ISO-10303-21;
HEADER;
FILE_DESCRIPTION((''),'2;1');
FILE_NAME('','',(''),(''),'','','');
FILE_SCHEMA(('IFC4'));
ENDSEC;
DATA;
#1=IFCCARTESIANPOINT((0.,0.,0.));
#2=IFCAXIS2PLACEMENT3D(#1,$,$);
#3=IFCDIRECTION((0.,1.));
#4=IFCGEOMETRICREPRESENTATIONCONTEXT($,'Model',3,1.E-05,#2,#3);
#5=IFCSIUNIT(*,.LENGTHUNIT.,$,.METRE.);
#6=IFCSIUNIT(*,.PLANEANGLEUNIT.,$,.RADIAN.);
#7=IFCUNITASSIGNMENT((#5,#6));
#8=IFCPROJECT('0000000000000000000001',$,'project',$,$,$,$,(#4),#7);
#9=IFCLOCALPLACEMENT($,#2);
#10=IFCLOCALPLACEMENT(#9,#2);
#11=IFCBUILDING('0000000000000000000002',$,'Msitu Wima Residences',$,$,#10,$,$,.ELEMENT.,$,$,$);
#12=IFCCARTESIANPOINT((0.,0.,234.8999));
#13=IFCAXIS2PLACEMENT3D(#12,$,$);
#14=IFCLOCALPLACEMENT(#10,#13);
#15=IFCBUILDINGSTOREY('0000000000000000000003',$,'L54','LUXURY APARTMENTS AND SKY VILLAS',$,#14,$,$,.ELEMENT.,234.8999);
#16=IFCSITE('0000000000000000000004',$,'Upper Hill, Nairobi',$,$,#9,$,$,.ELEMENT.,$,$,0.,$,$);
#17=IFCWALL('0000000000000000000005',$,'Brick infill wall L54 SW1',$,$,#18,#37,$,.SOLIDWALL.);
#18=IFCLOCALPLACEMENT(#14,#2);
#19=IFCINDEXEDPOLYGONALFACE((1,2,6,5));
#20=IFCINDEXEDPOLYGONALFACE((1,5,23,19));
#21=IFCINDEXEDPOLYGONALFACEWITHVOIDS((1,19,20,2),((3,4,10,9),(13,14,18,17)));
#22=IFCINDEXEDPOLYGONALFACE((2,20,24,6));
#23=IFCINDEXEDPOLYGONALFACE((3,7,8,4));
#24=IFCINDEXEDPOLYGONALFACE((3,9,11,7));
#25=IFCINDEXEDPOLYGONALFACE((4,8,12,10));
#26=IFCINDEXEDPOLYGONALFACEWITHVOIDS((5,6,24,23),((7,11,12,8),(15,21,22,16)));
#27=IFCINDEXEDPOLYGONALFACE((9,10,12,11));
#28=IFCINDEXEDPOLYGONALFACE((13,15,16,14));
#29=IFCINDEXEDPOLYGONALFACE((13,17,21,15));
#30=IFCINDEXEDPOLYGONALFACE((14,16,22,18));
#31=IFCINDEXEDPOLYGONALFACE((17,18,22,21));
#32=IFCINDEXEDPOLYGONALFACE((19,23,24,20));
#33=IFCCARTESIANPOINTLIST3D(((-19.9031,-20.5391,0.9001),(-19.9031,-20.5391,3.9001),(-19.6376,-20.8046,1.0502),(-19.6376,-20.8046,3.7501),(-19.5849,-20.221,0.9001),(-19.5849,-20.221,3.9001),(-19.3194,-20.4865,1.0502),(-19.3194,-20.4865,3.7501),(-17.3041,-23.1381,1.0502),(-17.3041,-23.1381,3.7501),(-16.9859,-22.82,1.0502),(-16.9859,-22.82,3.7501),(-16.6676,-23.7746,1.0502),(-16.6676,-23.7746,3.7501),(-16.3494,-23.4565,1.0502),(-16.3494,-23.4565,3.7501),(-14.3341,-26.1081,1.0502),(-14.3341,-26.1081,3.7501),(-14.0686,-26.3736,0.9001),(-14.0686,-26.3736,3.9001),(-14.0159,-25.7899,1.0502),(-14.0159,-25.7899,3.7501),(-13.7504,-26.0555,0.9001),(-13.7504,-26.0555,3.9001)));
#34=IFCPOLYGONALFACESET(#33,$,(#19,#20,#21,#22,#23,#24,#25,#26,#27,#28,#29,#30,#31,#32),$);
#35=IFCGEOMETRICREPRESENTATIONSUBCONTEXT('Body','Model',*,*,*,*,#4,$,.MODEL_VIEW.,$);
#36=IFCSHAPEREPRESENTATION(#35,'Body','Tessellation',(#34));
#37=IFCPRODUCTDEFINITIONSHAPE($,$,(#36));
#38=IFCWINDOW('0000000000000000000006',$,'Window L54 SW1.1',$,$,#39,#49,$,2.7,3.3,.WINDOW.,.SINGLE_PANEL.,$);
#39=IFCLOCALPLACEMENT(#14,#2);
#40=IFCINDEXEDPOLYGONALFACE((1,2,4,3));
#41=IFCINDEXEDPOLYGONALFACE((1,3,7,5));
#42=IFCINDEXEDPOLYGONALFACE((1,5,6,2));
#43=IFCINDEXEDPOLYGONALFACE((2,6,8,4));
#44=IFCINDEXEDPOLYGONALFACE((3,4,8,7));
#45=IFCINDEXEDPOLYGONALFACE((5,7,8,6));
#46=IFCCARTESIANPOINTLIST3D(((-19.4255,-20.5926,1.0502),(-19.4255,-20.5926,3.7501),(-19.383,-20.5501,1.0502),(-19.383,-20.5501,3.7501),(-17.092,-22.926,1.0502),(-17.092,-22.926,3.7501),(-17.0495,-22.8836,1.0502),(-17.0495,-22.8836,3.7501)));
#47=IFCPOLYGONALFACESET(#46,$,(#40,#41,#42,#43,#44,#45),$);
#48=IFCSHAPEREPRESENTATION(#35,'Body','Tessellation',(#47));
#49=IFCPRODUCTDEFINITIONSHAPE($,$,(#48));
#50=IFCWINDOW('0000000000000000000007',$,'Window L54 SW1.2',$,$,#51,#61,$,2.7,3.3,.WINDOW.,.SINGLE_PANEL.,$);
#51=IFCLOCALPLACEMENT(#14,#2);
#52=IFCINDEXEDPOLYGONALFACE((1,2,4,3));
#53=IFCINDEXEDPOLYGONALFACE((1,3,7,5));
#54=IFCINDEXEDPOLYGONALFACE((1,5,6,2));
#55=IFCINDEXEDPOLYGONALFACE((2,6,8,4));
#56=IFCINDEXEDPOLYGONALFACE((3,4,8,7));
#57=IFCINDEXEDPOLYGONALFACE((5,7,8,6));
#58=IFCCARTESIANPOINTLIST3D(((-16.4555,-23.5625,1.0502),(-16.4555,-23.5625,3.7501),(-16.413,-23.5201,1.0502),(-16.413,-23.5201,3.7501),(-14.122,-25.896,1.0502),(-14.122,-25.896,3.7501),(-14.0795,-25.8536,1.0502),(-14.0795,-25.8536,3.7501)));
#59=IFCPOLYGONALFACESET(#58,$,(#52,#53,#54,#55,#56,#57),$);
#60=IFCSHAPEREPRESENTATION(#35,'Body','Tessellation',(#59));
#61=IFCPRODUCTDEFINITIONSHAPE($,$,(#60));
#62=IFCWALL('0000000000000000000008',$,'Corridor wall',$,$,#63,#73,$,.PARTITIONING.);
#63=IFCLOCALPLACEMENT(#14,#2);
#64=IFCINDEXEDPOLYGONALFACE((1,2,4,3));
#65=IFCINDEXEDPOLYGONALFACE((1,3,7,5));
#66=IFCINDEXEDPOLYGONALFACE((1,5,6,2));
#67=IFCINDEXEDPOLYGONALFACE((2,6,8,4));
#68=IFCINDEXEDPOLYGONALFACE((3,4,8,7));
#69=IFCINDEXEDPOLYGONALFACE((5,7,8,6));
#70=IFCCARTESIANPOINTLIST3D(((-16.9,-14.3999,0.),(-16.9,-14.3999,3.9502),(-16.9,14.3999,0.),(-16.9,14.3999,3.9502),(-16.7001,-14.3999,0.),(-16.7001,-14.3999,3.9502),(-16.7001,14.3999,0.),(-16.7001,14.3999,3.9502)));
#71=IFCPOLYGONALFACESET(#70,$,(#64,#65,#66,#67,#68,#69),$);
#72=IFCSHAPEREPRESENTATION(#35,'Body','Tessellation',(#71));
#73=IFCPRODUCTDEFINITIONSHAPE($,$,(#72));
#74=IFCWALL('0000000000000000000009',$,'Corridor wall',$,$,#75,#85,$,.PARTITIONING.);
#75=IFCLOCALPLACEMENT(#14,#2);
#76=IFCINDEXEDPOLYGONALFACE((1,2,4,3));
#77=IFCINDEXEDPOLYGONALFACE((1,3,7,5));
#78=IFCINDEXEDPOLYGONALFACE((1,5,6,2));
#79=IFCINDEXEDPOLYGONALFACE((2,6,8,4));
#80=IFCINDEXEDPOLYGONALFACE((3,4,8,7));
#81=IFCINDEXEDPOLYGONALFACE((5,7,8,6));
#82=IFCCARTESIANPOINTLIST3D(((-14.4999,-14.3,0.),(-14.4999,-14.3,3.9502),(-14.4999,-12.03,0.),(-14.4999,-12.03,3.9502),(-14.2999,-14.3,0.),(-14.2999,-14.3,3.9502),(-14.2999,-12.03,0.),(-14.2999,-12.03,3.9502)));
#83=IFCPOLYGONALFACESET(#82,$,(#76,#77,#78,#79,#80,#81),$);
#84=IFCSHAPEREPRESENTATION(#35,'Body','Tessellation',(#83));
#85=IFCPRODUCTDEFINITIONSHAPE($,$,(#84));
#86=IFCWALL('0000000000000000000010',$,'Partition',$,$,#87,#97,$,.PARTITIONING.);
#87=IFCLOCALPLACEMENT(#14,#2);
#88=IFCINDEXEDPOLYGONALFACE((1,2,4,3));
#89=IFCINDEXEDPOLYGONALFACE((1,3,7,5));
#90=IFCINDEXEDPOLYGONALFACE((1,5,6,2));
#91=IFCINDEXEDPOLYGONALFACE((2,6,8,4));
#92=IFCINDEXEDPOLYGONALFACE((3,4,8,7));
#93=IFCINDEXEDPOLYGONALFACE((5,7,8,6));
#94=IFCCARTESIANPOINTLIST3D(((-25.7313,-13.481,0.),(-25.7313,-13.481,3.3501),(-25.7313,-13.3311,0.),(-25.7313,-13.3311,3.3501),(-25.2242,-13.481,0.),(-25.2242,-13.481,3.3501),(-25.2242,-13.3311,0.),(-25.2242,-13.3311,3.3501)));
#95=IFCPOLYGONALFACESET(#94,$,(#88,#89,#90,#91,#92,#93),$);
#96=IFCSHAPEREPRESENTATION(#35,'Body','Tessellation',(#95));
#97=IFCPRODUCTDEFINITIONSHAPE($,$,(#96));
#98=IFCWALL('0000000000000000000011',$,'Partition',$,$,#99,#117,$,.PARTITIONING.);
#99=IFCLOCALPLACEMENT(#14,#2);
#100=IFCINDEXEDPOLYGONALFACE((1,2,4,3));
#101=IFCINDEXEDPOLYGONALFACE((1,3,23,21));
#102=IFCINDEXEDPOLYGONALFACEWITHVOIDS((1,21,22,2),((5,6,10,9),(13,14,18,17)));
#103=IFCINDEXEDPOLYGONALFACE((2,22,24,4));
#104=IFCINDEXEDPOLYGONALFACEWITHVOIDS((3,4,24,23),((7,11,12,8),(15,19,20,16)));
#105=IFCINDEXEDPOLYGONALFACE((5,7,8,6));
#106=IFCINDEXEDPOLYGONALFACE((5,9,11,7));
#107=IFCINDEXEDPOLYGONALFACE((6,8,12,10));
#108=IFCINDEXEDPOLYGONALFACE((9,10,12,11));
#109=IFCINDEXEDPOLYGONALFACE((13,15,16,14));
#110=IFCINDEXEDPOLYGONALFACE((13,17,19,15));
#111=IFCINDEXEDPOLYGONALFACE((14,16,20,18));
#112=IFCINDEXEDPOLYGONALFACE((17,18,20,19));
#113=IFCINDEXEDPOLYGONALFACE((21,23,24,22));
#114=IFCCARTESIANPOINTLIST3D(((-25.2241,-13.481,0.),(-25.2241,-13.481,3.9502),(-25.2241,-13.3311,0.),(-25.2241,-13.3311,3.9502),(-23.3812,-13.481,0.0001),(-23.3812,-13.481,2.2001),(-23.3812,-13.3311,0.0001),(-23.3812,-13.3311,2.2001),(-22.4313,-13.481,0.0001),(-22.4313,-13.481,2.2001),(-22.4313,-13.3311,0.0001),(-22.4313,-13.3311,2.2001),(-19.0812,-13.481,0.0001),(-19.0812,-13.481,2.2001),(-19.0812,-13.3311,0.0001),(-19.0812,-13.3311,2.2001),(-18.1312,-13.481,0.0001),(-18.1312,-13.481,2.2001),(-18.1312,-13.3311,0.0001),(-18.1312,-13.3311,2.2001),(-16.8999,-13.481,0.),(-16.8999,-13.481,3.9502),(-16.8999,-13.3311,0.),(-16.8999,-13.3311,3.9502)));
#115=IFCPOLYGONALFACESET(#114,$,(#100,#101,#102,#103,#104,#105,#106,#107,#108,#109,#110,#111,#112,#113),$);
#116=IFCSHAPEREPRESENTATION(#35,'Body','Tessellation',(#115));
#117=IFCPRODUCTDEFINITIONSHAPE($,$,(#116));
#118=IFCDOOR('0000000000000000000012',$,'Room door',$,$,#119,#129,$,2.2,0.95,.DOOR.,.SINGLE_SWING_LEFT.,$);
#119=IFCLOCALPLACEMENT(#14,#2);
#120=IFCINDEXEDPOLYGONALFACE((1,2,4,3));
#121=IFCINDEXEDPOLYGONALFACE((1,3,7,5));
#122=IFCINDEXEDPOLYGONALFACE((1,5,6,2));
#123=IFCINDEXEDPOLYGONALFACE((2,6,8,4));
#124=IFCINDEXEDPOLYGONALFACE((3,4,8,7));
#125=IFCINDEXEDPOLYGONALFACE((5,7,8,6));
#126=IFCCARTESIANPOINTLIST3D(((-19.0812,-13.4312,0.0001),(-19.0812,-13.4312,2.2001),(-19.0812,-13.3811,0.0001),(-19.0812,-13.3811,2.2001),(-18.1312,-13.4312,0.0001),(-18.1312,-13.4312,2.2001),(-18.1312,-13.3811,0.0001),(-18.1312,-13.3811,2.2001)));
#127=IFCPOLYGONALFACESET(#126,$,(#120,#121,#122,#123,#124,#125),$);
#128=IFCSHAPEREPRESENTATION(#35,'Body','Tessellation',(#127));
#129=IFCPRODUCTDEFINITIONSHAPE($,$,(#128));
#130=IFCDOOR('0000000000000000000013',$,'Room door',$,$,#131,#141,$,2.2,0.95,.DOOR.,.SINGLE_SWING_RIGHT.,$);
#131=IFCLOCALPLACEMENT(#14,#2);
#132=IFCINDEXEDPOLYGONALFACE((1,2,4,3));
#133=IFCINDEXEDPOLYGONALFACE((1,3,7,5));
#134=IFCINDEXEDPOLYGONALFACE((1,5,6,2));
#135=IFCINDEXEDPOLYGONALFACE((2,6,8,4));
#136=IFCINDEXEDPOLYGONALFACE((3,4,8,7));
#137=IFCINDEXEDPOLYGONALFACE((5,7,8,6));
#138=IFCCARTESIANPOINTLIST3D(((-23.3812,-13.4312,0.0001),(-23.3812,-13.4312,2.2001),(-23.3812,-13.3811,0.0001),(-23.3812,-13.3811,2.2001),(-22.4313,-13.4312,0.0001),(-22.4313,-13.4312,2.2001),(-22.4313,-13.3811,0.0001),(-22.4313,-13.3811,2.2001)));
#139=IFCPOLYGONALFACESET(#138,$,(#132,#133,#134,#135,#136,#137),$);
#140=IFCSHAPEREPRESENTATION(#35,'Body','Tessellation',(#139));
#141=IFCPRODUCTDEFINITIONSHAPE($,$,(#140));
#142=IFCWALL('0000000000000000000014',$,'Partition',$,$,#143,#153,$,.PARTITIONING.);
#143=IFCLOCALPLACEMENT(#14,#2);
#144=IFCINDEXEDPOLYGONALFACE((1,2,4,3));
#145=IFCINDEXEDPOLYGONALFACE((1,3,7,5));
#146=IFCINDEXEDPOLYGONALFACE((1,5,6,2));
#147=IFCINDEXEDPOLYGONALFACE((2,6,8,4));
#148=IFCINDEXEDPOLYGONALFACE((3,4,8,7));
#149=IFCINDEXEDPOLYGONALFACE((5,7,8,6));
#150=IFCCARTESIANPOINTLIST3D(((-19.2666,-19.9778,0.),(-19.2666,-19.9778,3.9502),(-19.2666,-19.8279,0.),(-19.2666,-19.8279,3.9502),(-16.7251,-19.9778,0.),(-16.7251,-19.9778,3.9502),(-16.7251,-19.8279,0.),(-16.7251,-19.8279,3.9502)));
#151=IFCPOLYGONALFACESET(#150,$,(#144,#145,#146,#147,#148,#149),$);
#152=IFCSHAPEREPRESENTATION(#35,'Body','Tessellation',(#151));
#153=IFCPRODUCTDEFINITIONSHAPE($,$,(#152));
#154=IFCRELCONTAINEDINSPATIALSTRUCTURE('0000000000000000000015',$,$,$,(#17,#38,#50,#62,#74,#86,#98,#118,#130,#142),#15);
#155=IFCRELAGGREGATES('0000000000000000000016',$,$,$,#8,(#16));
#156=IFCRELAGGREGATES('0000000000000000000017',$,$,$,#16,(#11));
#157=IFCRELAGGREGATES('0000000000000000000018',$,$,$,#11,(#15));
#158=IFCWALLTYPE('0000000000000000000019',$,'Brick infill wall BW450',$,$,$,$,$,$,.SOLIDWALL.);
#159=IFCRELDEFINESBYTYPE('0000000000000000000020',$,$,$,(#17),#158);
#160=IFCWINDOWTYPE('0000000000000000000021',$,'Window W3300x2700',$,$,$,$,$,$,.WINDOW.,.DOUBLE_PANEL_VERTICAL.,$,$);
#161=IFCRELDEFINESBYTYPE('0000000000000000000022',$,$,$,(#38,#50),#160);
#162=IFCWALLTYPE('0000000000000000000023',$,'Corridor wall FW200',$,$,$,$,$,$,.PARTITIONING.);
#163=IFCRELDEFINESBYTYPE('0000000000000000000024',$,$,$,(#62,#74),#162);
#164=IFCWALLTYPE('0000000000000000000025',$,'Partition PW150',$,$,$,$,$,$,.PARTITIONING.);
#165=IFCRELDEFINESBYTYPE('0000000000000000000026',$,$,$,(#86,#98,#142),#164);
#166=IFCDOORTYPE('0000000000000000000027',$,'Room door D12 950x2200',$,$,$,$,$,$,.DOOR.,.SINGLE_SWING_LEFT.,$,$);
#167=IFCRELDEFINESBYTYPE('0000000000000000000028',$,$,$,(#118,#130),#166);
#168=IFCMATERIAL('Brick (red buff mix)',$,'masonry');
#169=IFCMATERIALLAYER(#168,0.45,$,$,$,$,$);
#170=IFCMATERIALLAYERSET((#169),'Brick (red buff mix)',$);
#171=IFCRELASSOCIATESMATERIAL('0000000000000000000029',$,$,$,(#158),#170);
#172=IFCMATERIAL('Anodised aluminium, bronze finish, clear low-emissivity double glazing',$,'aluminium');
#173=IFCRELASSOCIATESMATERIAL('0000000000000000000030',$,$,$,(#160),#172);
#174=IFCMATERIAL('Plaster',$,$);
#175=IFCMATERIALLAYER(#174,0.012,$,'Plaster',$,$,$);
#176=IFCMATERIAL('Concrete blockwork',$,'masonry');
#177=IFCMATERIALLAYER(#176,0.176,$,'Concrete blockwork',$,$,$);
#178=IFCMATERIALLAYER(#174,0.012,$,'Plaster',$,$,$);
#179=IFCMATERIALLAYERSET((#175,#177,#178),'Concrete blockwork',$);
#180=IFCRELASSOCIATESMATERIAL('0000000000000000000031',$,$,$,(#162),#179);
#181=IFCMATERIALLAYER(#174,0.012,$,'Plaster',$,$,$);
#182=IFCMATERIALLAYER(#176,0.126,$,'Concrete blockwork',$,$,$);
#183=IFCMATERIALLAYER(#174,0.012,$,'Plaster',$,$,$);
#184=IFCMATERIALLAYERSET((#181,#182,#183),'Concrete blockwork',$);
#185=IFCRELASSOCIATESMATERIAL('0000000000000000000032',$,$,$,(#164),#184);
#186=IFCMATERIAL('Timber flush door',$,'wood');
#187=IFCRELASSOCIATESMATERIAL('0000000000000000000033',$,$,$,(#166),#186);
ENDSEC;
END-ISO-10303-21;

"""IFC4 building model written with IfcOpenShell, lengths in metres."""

from ifc_helpers import new_model, si_unit, direction, frame, frame_2d, origin, place, context, subcontext, project, spatial, rectangle, extrude, material, layer, layer_set, type_object, element, fill, save


model = new_model("IFC4")

# Units and contexts
model_context = context("Model", 3, precision=1e-05, world=origin(), true_north=direction((0.0, 1.0)))
body_context = subcontext(model_context, "Body", "Model", "MODEL_VIEW")
ifc_project = project(units=[si_unit("LENGTHUNIT", "METRE"), si_unit("PLANEANGLEUNIT", "RADIAN")], contexts=[model_context])

# Site, building, storey
site_placement = place(None, origin())
site = spatial("IfcSite", under=ifc_project, at=site_placement, Name="Upper Hill, Nairobi", CompositionType="ELEMENT", RefElevation=0.0)
building_placement = place(site_placement, origin())
building = spatial("IfcBuilding", under=site, at=building_placement, Name="Msitu Wima Residences", CompositionType="ELEMENT")
storey_placement = place(building_placement, frame((0.0, 0.0, 234.8999)))
storey = spatial("IfcBuildingStorey", under=building, at=storey_placement, Name="L54", Description="LUXURY APARTMENTS AND SKY VILLAS", CompositionType="ELEMENT", Elevation=234.8999)

# Wall, openings, windows
ifc_material_1 = material(Name="Brick (red buff mix)", Category="masonry")
ifc_layer_1 = layer(ifc_material_1, 0.45)
ifc_layer_set_1 = layer_set([ifc_layer_1], Name="Brick (red buff mix)")
wall_type_1 = type_object("IfcWallType", Name="Brick infill wall BW450", PredefinedType="SOLIDWALL", material=ifc_layer_set_1)
ifc_material_2 = material(Name="Anodised aluminium, bronze finish, clear low-emissivity double glazing", Category="aluminium")
window_type = type_object("IfcWindowType", Name="Window W3300x2700", PartitioningType="DOUBLE_PANEL_VERTICAL", PredefinedType="WINDOW", material=ifc_material_2)
wall_1_placement = place(storey_placement, frame((-19.7439, -20.3801, 0.9001), z_axis=(0.0, 0.0, 1.0), x_axis=(0.707107, -0.707107, 0.0)))
wall_1 = element("IfcWall", 1, at=wall_1_placement, inside=storey, type_object=wall_type_1, Name="Brick infill wall L54 SW1", PredefinedType="SOLIDWALL", context=body_context, shape_type="SweptSolid", body=[
    extrude(rectangle(XDim=8.2512, YDim=0.45, at=frame_2d((4.1255, 0.0))), origin(), (0.0, 0.0, 1.0), 3.0),
])
opening_1_placement = place(wall_1_placement, frame((0.3755, 0.0, 0.1499)))
opening_1 = element("IfcOpeningElement", 2, at=opening_1_placement, cuts=wall_1, PredefinedType="OPENING", context=body_context, shape_type="SweptSolid", body=[
    extrude(rectangle(XDim=3.3, YDim=2.7, at=frame_2d((1.6499, 1.3501))), frame((0.0, 0.2349, 0.0), z_axis=(0.0, -1.0, 0.0), x_axis=(1.0, 0.0, 0.0)), (0.0, 0.0, 1.0), 0.47),
])
opening_2_placement = place(wall_1_placement, frame((4.5757, 0.0, 0.1499)))
opening_2 = element("IfcOpeningElement", 3, at=opening_2_placement, cuts=wall_1, PredefinedType="OPENING", context=body_context, shape_type="SweptSolid", body=[
    extrude(rectangle(XDim=3.3, YDim=2.7, at=frame_2d((1.6499, 1.3501))), frame((0.0, 0.2349, 0.0), z_axis=(0.0, -1.0, 0.0), x_axis=(1.0, 0.0, 0.0)), (0.0, 0.0, 1.0), 0.47),
])
window_1_placement = place(opening_1_placement, origin())
window_1 = element("IfcWindow", 4, at=window_1_placement, inside=storey, type_object=window_type, Name="Window L54 SW1.1", OverallHeight=2.7, OverallWidth=3.3, PartitioningType="SINGLE_PANEL", PredefinedType="WINDOW", context=body_context, shape_type="SweptSolid", body=[
    extrude(rectangle(XDim=3.3, YDim=2.7, at=frame_2d((1.6499, 1.3501))), frame((0.0, 0.135, 0.0), z_axis=(0.0, -1.0, 0.0), x_axis=(1.0, 0.0, 0.0)), (0.0, 0.0, 1.0), 0.0601),
])
fill(opening_1, window_1)
window_2_placement = place(opening_2_placement, origin())
window_2 = element("IfcWindow", 5, at=window_2_placement, inside=storey, type_object=window_type, Name="Window L54 SW1.2", OverallHeight=2.7, OverallWidth=3.3, PartitioningType="SINGLE_PANEL", PredefinedType="WINDOW", context=body_context, shape_type="SweptSolid", body=[
    extrude(rectangle(XDim=3.3, YDim=2.7, at=frame_2d((1.6499, 1.3501))), frame((0.0, 0.135, 0.0), z_axis=(0.0, -1.0, 0.0), x_axis=(1.0, 0.0, 0.0)), (0.0, 0.0, 1.0), 0.0601),
])
fill(opening_2, window_2)

# Wall
ifc_material_3 = material(Name="Plaster")
ifc_layer_2 = layer(ifc_material_3, 0.012, Name="Plaster")
ifc_material_4 = material(Name="Concrete blockwork", Category="masonry")
ifc_layer_3 = layer(ifc_material_4, 0.176, Name="Concrete blockwork")
ifc_layer_4 = layer(ifc_material_3, 0.012, Name="Plaster")
ifc_layer_set_2 = layer_set([ifc_layer_2, ifc_layer_3, ifc_layer_4], Name="Concrete blockwork")
wall_type_2 = type_object("IfcWallType", Name="Corridor wall FW200", PredefinedType="PARTITIONING", material=ifc_layer_set_2)
wall_2_placement = place(storey_placement, frame((-16.8, -14.3999, 0.0), z_axis=(0.0, 0.0, 1.0), x_axis=(0.0, 1.0, 0.0)))
element("IfcWall", 6, at=wall_2_placement, inside=storey, type_object=wall_type_2, Name="Corridor wall", PredefinedType="PARTITIONING", context=body_context, shape_type="SweptSolid", body=[
    extrude(rectangle(XDim=28.7998, YDim=0.2, at=frame_2d((14.3999, 0.0))), origin(), (0.0, 0.0, 1.0), 3.9502),
])

# Walls
wall_3_placement = place(storey_placement, frame((-14.3999, -14.3, 0.0), z_axis=(0.0, 0.0, 1.0), x_axis=(0.0, 1.0, 0.0)))
element("IfcWall", 7, at=wall_3_placement, inside=storey, type_object=wall_type_2, Name="Corridor wall", PredefinedType="PARTITIONING", context=body_context, shape_type="SweptSolid", body=[
    extrude(rectangle(XDim=2.27, YDim=0.2, at=frame_2d((1.135, 0.0))), origin(), (0.0, 0.0, 1.0), 3.9502),
])
ifc_layer_5 = layer(ifc_material_3, 0.012, Name="Plaster")
ifc_layer_6 = layer(ifc_material_4, 0.126, Name="Concrete blockwork")
ifc_layer_7 = layer(ifc_material_3, 0.012, Name="Plaster")
ifc_layer_set_3 = layer_set([ifc_layer_5, ifc_layer_6, ifc_layer_7], Name="Concrete blockwork")
wall_type_3 = type_object("IfcWallType", Name="Partition PW150", PredefinedType="PARTITIONING", material=ifc_layer_set_3)
wall_4_placement = place(storey_placement, frame((-25.7312, -13.406, 0.0), z_axis=(0.0, 0.0, 1.0), x_axis=(1.0, 0.0, 0.0)))
element("IfcWall", 8, at=wall_4_placement, inside=storey, type_object=wall_type_3, Name="Partition", PredefinedType="PARTITIONING", context=body_context, shape_type="SweptSolid", body=[
    extrude(rectangle(XDim=0.5071, YDim=0.1499, at=frame_2d((0.2534, 0.0))), origin(), (0.0, 0.0, 1.0), 3.3501),
])

# Wall, openings, doors
wall_5_placement = place(storey_placement, frame((-25.2241, -13.406, 0.0), z_axis=(0.0, 0.0, 1.0), x_axis=(1.0, 0.0, 0.0)))
wall_5 = element("IfcWall", 9, at=wall_5_placement, inside=storey, type_object=wall_type_3, Name="Partition", PredefinedType="PARTITIONING", context=body_context, shape_type="SweptSolid", body=[
    extrude(rectangle(XDim=8.3242, YDim=0.1499, at=frame_2d((4.1621, 0.0))), origin(), (0.0, 0.0, 1.0), 3.9502),
])
opening_3_placement = place(wall_5_placement, frame((6.1428, 0.0, 0.0)))
opening_3 = element("IfcOpeningElement", 10, at=opening_3_placement, cuts=wall_5, PredefinedType="OPENING", context=body_context, shape_type="SweptSolid", body=[
    extrude(rectangle(XDim=0.95, YDim=2.2, at=frame_2d((0.4751, 1.1001))), frame((0.0, 0.085, 0.0), z_axis=(0.0, -1.0, 0.0), x_axis=(1.0, 0.0, 0.0)), (0.0, 0.0, 1.0), 0.1699),
])
opening_4_placement = place(wall_5_placement, frame((1.8428, 0.0, 0.0)))
opening_4 = element("IfcOpeningElement", 11, at=opening_4_placement, cuts=wall_5, PredefinedType="OPENING", context=body_context, shape_type="SweptSolid", body=[
    extrude(rectangle(XDim=0.95, YDim=2.2, at=frame_2d((0.4751, 1.1001))), frame((0.0, 0.085, 0.0), z_axis=(0.0, -1.0, 0.0), x_axis=(1.0, 0.0, 0.0)), (0.0, 0.0, 1.0), 0.1699),
])
ifc_material_5 = material(Name="Timber flush door", Category="wood")
door_type_1 = type_object("IfcDoorType", Name="Room door D12 950x2200", OperationType="SINGLE_SWING_LEFT", PredefinedType="DOOR", material=ifc_material_5)
door_1_placement = place(opening_3_placement, origin())
door_1 = element("IfcDoor", 12, at=door_1_placement, inside=storey, type_object=door_type_1, Name="Room door", OperationType="SINGLE_SWING_LEFT", OverallHeight=2.2, OverallWidth=0.95, PredefinedType="DOOR", context=body_context, shape_type="SweptSolid", body=[
    extrude(rectangle(XDim=0.95, YDim=2.2, at=frame_2d((0.4751, 1.1001))), frame((0.0, 0.0249, 0.0), z_axis=(0.0, -1.0, 0.0), x_axis=(1.0, 0.0, 0.0)), (0.0, 0.0, 1.0), 0.05),
])
fill(opening_3, door_1)
door_2_placement = place(opening_4_placement, origin())
door_2 = element("IfcDoor", 13, at=door_2_placement, inside=storey, type_object=door_type_1, Name="Room door", OperationType="SINGLE_SWING_RIGHT", OverallHeight=2.2, OverallWidth=0.95, PredefinedType="DOOR", context=body_context, shape_type="SweptSolid", body=[
    extrude(rectangle(XDim=0.95, YDim=2.2, at=frame_2d((0.4751, 1.1001))), frame((0.0, 0.0249, 0.0), z_axis=(0.0, -1.0, 0.0), x_axis=(1.0, 0.0, 0.0)), (0.0, 0.0, 1.0), 0.05),
])
fill(opening_4, door_2)

# Wall
wall_6_placement = place(storey_placement, frame((-19.2666, -19.9028, 0.0), z_axis=(0.0, 0.0, 1.0), x_axis=(1.0, 0.0, 0.0)))
element("IfcWall", 14, at=wall_6_placement, inside=storey, type_object=wall_type_3, Name="Partition", PredefinedType="PARTITIONING", context=body_context, shape_type="SweptSolid", body=[
    extrude(rectangle(XDim=2.5415, YDim=0.1499, at=frame_2d((1.2708, 0.0))), origin(), (0.0, 0.0, 1.0), 3.9502),
])

save(model, "model.ifc")
